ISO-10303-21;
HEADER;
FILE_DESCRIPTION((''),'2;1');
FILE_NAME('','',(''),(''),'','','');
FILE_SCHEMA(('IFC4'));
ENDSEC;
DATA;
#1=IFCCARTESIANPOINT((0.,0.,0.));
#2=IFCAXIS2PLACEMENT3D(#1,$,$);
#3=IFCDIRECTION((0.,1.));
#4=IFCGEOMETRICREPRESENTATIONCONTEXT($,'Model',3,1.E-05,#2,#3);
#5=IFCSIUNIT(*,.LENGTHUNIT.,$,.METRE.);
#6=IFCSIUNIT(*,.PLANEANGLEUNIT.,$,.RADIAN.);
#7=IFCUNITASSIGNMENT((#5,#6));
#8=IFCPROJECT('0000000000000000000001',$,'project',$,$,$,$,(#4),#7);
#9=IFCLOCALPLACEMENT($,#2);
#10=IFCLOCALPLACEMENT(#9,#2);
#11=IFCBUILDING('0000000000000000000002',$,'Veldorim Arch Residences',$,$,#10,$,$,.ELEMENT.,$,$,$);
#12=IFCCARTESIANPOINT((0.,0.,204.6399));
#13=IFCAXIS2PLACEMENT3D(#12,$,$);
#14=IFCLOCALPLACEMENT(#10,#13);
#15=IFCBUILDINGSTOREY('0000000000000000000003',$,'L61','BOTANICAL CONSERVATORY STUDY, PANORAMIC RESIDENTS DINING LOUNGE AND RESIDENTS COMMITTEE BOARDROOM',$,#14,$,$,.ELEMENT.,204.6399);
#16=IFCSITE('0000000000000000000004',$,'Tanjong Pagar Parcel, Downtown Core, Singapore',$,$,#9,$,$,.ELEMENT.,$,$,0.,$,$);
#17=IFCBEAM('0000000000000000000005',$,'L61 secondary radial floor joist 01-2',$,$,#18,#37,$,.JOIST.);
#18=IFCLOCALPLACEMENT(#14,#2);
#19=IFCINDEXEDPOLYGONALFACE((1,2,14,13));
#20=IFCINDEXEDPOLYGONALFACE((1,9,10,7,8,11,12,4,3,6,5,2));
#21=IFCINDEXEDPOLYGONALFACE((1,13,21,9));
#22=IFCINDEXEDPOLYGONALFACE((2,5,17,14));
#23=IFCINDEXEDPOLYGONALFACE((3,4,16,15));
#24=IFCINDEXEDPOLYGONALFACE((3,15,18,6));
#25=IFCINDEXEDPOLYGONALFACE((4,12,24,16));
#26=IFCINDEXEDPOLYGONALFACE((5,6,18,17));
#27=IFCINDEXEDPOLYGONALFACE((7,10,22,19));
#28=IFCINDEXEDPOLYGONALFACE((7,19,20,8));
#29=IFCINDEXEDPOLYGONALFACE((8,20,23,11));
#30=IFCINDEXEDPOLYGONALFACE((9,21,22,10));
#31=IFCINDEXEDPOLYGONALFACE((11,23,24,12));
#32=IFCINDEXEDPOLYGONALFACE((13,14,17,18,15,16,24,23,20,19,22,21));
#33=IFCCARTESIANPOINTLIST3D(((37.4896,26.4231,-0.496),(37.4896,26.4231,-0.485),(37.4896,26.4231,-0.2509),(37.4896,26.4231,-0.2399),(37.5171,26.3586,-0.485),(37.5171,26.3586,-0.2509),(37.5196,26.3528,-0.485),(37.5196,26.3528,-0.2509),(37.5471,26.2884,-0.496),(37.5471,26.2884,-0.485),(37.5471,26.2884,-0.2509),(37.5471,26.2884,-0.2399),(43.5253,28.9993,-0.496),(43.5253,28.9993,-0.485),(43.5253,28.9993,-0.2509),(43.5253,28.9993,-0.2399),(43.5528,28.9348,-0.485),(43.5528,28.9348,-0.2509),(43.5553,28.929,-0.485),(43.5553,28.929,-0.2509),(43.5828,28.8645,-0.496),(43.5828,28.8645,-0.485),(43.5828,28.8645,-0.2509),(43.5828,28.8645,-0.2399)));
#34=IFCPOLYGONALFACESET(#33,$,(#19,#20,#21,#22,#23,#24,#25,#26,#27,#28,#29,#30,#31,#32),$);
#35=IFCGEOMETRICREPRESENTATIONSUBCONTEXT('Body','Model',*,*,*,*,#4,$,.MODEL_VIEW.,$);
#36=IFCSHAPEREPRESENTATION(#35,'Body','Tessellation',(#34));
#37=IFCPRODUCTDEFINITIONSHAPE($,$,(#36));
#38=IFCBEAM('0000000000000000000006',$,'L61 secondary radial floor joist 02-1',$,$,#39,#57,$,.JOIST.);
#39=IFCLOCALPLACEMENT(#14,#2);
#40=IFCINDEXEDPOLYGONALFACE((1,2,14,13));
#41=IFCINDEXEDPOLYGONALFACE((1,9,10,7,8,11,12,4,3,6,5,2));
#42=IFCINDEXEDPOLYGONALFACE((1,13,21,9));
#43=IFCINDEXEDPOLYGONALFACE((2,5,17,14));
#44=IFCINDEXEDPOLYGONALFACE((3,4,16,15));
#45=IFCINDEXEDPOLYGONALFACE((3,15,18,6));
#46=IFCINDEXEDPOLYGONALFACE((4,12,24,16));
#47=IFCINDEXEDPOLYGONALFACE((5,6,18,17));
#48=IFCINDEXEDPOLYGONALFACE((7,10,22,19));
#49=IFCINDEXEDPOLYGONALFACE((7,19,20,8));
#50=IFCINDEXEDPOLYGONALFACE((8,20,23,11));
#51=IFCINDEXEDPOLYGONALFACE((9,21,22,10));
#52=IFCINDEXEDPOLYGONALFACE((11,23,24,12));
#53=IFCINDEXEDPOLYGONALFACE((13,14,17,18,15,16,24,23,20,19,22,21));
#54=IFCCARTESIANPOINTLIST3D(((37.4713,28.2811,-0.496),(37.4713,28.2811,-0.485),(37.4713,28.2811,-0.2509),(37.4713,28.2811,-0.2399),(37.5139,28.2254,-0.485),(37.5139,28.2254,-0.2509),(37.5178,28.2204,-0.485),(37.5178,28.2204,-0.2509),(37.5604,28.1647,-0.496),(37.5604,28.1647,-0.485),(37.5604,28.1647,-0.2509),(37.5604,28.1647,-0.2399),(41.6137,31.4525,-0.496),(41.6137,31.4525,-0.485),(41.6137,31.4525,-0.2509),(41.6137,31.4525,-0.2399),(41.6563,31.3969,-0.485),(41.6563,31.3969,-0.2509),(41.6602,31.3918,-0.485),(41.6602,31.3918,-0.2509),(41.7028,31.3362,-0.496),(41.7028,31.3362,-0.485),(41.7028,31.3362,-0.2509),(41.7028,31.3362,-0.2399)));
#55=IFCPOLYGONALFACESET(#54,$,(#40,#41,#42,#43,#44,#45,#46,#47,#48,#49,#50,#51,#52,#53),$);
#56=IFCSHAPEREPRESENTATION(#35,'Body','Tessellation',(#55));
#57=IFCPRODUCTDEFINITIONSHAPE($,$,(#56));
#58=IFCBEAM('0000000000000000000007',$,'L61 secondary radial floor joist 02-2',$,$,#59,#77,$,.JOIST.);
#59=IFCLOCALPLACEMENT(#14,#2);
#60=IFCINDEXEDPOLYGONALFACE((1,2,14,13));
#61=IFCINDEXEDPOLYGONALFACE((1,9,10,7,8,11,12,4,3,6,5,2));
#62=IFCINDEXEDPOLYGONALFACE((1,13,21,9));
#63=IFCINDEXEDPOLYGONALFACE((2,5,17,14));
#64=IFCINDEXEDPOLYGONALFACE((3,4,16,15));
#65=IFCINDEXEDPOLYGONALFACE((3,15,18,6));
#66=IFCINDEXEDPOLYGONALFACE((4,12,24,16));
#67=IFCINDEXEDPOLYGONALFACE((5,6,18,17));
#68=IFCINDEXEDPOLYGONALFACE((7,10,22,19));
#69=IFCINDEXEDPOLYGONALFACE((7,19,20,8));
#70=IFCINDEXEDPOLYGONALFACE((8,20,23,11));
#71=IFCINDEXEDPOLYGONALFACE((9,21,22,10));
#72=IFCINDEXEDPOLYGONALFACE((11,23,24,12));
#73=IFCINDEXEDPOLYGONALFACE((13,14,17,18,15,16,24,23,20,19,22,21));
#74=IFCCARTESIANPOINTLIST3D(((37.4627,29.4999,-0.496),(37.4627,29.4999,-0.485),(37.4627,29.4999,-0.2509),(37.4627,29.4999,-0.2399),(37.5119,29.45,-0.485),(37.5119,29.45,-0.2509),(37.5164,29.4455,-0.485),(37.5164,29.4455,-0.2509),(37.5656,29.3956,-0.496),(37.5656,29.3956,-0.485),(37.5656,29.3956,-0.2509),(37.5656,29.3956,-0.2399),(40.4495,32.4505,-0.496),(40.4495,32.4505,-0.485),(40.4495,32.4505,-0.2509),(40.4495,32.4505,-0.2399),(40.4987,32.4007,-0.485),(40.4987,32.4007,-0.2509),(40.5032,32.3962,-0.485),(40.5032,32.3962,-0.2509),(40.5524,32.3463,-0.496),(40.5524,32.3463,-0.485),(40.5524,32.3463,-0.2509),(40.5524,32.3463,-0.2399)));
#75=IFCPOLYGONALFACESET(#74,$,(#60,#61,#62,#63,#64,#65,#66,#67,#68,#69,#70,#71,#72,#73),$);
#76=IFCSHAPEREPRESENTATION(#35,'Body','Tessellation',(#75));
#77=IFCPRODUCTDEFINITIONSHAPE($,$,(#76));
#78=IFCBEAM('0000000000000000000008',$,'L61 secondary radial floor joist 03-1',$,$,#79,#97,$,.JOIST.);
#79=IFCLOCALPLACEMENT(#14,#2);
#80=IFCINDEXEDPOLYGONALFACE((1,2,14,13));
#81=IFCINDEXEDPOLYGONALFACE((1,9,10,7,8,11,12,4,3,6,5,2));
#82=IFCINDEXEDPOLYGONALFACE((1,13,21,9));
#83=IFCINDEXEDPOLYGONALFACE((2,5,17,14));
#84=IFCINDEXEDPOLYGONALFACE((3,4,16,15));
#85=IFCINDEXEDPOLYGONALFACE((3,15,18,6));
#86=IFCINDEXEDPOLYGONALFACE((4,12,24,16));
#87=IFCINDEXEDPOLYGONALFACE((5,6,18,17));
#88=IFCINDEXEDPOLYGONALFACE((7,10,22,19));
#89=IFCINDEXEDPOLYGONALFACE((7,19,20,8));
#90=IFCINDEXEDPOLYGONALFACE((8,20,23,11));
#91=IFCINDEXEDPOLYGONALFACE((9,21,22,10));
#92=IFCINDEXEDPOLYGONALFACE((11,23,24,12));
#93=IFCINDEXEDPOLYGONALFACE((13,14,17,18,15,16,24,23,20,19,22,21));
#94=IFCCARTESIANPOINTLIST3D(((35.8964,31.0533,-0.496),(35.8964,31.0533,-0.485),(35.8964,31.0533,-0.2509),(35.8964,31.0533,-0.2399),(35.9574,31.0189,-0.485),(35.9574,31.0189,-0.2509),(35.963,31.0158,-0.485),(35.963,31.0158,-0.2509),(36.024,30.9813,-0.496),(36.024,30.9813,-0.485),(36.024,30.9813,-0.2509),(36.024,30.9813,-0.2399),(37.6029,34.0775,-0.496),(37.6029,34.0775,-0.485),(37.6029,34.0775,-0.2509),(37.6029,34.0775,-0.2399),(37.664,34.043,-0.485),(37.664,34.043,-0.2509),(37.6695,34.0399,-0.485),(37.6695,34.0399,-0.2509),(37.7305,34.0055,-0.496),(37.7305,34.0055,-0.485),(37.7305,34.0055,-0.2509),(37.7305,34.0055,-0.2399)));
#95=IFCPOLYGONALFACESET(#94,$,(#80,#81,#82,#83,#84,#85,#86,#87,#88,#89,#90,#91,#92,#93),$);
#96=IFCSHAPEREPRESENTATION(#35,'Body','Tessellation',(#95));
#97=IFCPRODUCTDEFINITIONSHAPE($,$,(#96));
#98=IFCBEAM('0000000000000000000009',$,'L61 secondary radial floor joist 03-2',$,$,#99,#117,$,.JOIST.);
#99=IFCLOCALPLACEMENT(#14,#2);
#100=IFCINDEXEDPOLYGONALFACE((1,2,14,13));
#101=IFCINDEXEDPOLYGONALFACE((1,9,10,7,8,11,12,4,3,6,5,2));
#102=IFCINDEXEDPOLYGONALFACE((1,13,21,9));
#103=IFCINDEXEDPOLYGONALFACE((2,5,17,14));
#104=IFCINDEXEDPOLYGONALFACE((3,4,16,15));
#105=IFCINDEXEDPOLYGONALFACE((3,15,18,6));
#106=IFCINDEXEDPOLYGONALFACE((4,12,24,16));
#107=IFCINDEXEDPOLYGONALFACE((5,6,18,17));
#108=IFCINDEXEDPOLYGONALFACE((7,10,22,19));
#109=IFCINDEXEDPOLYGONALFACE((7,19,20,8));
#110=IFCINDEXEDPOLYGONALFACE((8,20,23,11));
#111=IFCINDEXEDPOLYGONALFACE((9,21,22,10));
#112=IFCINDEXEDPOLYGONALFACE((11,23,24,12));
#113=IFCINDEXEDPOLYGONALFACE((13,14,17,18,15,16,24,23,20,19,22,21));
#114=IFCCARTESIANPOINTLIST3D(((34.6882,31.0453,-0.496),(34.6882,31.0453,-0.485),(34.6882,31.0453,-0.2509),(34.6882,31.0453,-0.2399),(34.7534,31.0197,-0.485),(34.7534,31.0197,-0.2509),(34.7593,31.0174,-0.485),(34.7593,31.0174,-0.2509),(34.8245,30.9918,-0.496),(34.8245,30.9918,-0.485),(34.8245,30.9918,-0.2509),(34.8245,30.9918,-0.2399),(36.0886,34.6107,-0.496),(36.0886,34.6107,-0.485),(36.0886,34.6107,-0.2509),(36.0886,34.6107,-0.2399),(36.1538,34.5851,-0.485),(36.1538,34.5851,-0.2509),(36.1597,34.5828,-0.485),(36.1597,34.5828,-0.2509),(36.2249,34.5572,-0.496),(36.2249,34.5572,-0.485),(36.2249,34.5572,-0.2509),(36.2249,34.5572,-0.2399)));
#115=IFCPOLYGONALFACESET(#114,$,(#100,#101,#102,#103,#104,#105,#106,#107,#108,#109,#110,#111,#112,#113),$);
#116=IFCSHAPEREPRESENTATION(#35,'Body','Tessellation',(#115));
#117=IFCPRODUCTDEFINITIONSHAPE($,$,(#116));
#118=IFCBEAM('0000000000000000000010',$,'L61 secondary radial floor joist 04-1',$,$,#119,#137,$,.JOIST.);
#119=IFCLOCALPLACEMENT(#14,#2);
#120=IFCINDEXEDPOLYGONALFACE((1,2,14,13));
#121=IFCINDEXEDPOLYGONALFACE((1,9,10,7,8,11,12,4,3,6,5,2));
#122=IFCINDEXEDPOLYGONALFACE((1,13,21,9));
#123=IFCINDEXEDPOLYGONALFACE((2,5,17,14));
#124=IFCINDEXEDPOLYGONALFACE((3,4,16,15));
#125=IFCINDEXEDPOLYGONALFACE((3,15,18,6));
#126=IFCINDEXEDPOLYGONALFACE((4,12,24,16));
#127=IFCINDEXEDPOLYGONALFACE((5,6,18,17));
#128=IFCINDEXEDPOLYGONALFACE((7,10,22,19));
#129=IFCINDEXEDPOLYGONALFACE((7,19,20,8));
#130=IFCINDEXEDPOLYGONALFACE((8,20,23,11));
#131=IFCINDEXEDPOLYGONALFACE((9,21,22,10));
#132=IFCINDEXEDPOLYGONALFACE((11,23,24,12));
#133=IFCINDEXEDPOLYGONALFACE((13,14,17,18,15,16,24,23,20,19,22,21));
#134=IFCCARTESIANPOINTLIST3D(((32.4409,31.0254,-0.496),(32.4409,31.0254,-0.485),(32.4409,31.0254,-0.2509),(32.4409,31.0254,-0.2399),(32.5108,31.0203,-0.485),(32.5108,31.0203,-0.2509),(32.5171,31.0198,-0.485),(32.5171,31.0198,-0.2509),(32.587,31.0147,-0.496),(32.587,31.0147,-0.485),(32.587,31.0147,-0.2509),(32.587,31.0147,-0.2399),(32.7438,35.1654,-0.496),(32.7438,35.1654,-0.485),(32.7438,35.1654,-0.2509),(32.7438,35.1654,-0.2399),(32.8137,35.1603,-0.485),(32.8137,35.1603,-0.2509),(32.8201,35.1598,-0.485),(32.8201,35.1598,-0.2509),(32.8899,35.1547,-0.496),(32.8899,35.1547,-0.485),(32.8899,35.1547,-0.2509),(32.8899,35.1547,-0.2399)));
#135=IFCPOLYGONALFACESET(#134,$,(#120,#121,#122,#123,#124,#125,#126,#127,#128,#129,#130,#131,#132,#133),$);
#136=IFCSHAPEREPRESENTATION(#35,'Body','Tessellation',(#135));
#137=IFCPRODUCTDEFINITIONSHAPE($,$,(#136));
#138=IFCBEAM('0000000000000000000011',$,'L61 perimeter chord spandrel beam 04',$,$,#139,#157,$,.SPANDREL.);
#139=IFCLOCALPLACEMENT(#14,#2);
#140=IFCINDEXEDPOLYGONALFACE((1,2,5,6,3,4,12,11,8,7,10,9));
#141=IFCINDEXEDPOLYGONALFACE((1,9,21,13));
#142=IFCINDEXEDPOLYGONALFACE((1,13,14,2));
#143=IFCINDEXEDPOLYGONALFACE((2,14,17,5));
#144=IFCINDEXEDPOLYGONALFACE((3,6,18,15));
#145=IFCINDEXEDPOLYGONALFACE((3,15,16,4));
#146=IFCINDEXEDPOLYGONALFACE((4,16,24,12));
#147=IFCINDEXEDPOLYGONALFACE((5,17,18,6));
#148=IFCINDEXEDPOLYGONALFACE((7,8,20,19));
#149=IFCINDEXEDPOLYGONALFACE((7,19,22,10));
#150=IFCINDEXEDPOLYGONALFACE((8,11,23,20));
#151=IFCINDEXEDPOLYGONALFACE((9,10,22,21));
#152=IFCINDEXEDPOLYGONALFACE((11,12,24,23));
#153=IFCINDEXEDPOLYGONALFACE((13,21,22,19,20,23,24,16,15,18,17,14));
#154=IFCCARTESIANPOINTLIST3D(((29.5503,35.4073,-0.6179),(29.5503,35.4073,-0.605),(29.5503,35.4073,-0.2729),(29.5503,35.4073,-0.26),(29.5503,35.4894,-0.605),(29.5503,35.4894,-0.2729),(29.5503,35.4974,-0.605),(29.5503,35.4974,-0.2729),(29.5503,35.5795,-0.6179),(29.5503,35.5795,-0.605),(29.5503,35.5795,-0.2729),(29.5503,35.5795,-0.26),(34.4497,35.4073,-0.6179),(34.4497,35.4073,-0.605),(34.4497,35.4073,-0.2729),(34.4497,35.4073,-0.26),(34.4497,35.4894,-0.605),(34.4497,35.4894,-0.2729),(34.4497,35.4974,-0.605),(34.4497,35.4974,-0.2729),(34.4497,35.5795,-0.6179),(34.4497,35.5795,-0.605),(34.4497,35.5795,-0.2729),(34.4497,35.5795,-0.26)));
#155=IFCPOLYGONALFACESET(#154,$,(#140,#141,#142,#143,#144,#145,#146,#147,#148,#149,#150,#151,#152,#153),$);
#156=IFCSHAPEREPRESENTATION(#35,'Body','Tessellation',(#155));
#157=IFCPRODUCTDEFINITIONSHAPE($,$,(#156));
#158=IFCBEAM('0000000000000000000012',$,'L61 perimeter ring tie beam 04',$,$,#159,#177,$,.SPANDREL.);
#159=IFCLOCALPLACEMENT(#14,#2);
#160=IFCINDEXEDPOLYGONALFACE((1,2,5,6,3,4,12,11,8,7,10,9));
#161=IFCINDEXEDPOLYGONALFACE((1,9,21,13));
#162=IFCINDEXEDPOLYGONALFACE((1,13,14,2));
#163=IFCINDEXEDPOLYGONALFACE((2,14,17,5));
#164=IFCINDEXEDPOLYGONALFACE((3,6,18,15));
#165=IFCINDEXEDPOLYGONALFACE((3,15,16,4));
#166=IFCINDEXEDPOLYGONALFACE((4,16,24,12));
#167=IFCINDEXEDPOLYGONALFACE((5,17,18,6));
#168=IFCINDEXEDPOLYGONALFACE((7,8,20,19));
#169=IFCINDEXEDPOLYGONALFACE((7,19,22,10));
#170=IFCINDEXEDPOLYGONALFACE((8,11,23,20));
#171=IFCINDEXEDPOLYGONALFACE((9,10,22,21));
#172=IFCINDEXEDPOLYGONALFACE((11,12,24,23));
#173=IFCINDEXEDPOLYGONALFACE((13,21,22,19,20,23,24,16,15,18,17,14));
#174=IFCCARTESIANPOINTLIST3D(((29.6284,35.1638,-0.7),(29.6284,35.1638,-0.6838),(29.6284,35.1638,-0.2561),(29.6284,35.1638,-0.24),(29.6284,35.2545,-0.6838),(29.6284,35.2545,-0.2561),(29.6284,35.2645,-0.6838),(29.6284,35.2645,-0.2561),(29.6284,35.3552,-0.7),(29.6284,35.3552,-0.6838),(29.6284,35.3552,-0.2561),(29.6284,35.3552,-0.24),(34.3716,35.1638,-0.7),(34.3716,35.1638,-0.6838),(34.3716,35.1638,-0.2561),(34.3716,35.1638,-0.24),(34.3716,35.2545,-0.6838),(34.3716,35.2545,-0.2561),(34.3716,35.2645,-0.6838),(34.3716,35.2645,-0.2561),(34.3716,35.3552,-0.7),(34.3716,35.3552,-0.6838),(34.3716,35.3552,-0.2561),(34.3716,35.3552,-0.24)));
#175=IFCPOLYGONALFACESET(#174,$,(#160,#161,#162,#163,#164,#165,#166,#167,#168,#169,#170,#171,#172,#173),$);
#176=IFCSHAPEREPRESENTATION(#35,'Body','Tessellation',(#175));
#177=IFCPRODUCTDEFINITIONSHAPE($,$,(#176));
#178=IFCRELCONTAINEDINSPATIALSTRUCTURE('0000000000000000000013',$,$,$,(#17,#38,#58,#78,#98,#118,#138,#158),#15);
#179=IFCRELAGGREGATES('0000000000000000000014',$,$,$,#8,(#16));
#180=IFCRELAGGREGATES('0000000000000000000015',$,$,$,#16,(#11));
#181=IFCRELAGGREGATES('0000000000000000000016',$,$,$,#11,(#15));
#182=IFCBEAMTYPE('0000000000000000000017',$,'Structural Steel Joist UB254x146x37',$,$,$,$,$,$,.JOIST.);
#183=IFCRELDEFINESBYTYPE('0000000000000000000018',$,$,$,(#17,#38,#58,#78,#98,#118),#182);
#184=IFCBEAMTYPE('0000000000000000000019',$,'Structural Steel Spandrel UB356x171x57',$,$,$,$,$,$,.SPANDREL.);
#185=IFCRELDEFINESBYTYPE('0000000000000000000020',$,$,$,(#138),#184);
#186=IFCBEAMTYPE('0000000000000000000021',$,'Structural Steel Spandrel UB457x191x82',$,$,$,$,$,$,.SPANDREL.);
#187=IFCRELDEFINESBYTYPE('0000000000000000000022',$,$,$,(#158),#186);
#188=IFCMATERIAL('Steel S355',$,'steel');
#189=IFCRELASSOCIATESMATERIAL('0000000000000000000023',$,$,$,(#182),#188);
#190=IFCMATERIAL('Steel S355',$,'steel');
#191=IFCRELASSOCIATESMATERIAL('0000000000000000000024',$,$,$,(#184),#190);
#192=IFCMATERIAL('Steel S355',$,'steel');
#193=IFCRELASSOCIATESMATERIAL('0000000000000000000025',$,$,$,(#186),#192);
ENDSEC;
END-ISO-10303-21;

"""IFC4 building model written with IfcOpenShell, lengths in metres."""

from ifc_helpers import new_model, si_unit, direction, frame, origin, origin_2d, place, context, subcontext, project, spatial, i_section, extrude, material, material_profile, profile_set, type_object, element, save


model = new_model("IFC4")

# Units and contexts
model_context = context("Model", 3, precision=1e-05, world=origin(), true_north=direction((0.0, 1.0)))
body_context = subcontext(model_context, "Body", "Model", "MODEL_VIEW")
ifc_project = project(units=[si_unit("LENGTHUNIT", "METRE"), si_unit("PLANEANGLEUNIT", "RADIAN")], contexts=[model_context])

# Site, building, storey
site_placement = place(None, origin())
site = spatial("IfcSite", under=ifc_project, at=site_placement, Name="Tanjong Pagar Parcel, Downtown Core, Singapore", CompositionType="ELEMENT", RefElevation=0.0)
building_placement = place(site_placement, origin())
building = spatial("IfcBuilding", under=site, at=building_placement, Name="Veldorim Arch Residences", CompositionType="ELEMENT")
storey_placement = place(building_placement, frame((0.0, 0.0, 204.6399)))
storey = spatial("IfcBuildingStorey", under=building, at=storey_placement, Name="L61", Description="BOTANICAL CONSERVATORY STUDY, PANORAMIC RESIDENTS DINING LOUNGE AND RESIDENTS COMMITTEE BOARDROOM", CompositionType="ELEMENT", Elevation=204.6399)

# Beams
ifc_material_1 = material(Name="Steel S355", Category="steel")
ifc_material_profile_1 = material_profile(ifc_material_1, i_section(OverallWidth=0.1465, OverallDepth=0.2561, WebThickness=0.0063, FlangeThickness=0.011, at=origin_2d()), Name="UB254x146x37")
ifc_profile_set_1 = profile_set([ifc_material_profile_1], Name="Steel S355")
beam_type_1 = type_object("IfcBeamType", Name="Structural Steel Joist UB254x146x37", PredefinedType="JOIST", material=ifc_profile_set_1)
beam_1_placement = place(storey_placement, frame((37.5183, 26.3557, -0.3679), z_axis=(0.919725, 0.392563, 0.0), x_axis=(-0.392563, 0.919725, 0.0)))
element("IfcBeam", 1, at=beam_1_placement, inside=storey, type_object=beam_type_1, Name="L61 secondary radial floor joist 01-2", PredefinedType="JOIST", context=body_context, shape_type="SweptSolid", body=[
    extrude(i_section(OverallWidth=0.1465, OverallDepth=0.2561, WebThickness=0.0063, FlangeThickness=0.011, at=origin_2d()), origin(), (0.0, 0.0, 1.0), 6.5625),
])
beam_2_placement = place(storey_placement, frame((37.5159, 28.2229, -0.3679), z_axis=(0.794014, 0.6079, 0.0), x_axis=(-0.6079, 0.794014, 0.0)))
element("IfcBeam", 2, at=beam_2_placement, inside=storey, type_object=beam_type_1, Name="L61 secondary radial floor joist 02-1", PredefinedType="JOIST", context=body_context, shape_type="SweptSolid", body=[
    extrude(i_section(OverallWidth=0.1465, OverallDepth=0.2561, WebThickness=0.0063, FlangeThickness=0.011, at=origin_2d()), origin(), (0.0, 0.0, 1.0), 5.217),
])
beam_3_placement = place(storey_placement, frame((37.5142, 29.4478, -0.3679), z_axis=(0.711397, 0.702791, 0.0), x_axis=(-0.702791, 0.711397, 0.0)))
element("IfcBeam", 3, at=beam_3_placement, inside=storey, type_object=beam_type_1, Name="L61 secondary radial floor joist 02-2", PredefinedType="JOIST", context=body_context, shape_type="SweptSolid", body=[
    extrude(i_section(OverallWidth=0.1465, OverallDepth=0.2561, WebThickness=0.0063, FlangeThickness=0.011, at=origin_2d()), origin(), (0.0, 0.0, 1.0), 4.1985),
])
beam_4_placement = place(storey_placement, frame((35.9602, 31.0173, -0.3679), z_axis=(0.491452, 0.870904, 0.0), x_axis=(-0.870904, 0.491452, 0.0)))
element("IfcBeam", 4, at=beam_4_placement, inside=storey, type_object=beam_type_1, Name="L61 secondary radial floor joist 03-1", PredefinedType="JOIST", context=body_context, shape_type="SweptSolid", body=[
    extrude(i_section(OverallWidth=0.1465, OverallDepth=0.2561, WebThickness=0.0063, FlangeThickness=0.011, at=origin_2d()), origin(), (0.0, 0.0, 1.0), 3.4724),
])
beam_5_placement = place(storey_placement, frame((34.7563, 31.0186, -0.3679), z_axis=(0.365581, 0.930779, 0.0), x_axis=(-0.930779, 0.365581, 0.0)))
element("IfcBeam", 5, at=beam_5_placement, inside=storey, type_object=beam_type_1, Name="L61 secondary radial floor joist 03-2", PredefinedType="JOIST", context=body_context, shape_type="SweptSolid", body=[
    extrude(i_section(OverallWidth=0.1465, OverallDepth=0.2561, WebThickness=0.0063, FlangeThickness=0.011, at=origin_2d()), origin(), (0.0, 0.0, 1.0), 3.8306),
])
beam_6_placement = place(storey_placement, frame((32.5139, 31.02, -0.3679), z_axis=(0.072986, 0.997333, 0.0), x_axis=(-0.997333, 0.072986, 0.0)))
element("IfcBeam", 6, at=beam_6_placement, inside=storey, type_object=beam_type_1, Name="L61 secondary radial floor joist 04-1", PredefinedType="JOIST", context=body_context, shape_type="SweptSolid", body=[
    extrude(i_section(OverallWidth=0.1465, OverallDepth=0.2561, WebThickness=0.0063, FlangeThickness=0.011, at=origin_2d()), origin(), (0.0, 0.0, 1.0), 4.1511),
])
ifc_material_2 = material(Name="Steel S355", Category="steel")
ifc_material_profile_2 = material_profile(ifc_material_2, i_section(OverallWidth=0.1721, OverallDepth=0.3579, WebThickness=0.0081, FlangeThickness=0.0129, at=origin_2d()), Name="UB356x171x57")
ifc_profile_set_2 = profile_set([ifc_material_profile_2], Name="Steel S355")
beam_type_2 = type_object("IfcBeamType", Name="Structural Steel Spandrel UB356x171x57", PredefinedType="SPANDREL", material=ifc_profile_set_2)
beam_7_placement = place(storey_placement, frame((34.4497, 35.4934, -0.439), z_axis=(-1.0, 0.0, 0.0), x_axis=(0.0, -1.0, 0.0)))
element("IfcBeam", 7, at=beam_7_placement, inside=storey, type_object=beam_type_2, Name="L61 perimeter chord spandrel beam 04", PredefinedType="SPANDREL", context=body_context, shape_type="SweptSolid", body=[
    extrude(i_section(OverallWidth=0.1721, OverallDepth=0.3579, WebThickness=0.0081, FlangeThickness=0.0129, at=origin_2d()), origin(), (0.0, 0.0, 1.0), 4.8994),
])
ifc_material_3 = material(Name="Steel S355", Category="steel")
ifc_material_profile_3 = material_profile(ifc_material_3, i_section(OverallWidth=0.1914, OverallDepth=0.46, WebThickness=0.01, FlangeThickness=0.0161, at=origin_2d()), Name="UB457x191x82")
ifc_profile_set_3 = profile_set([ifc_material_profile_3], Name="Steel S355")
beam_type_3 = type_object("IfcBeamType", Name="Structural Steel Spandrel UB457x191x82", PredefinedType="SPANDREL", material=ifc_profile_set_3)
beam_8_placement = place(storey_placement, frame((34.3716, 35.2595, -0.47), z_axis=(-1.0, 0.0, 0.0), x_axis=(0.0, -1.0, 0.0)))
element("IfcBeam", 8, at=beam_8_placement, inside=storey, type_object=beam_type_3, Name="L61 perimeter ring tie beam 04", PredefinedType="SPANDREL", context=body_context, shape_type="SweptSolid", body=[
    extrude(i_section(OverallWidth=0.1914, OverallDepth=0.46, WebThickness=0.01, FlangeThickness=0.0161, at=origin_2d()), origin(), (0.0, 0.0, 1.0), 4.7432),
])

save(model, "model.ifc")
